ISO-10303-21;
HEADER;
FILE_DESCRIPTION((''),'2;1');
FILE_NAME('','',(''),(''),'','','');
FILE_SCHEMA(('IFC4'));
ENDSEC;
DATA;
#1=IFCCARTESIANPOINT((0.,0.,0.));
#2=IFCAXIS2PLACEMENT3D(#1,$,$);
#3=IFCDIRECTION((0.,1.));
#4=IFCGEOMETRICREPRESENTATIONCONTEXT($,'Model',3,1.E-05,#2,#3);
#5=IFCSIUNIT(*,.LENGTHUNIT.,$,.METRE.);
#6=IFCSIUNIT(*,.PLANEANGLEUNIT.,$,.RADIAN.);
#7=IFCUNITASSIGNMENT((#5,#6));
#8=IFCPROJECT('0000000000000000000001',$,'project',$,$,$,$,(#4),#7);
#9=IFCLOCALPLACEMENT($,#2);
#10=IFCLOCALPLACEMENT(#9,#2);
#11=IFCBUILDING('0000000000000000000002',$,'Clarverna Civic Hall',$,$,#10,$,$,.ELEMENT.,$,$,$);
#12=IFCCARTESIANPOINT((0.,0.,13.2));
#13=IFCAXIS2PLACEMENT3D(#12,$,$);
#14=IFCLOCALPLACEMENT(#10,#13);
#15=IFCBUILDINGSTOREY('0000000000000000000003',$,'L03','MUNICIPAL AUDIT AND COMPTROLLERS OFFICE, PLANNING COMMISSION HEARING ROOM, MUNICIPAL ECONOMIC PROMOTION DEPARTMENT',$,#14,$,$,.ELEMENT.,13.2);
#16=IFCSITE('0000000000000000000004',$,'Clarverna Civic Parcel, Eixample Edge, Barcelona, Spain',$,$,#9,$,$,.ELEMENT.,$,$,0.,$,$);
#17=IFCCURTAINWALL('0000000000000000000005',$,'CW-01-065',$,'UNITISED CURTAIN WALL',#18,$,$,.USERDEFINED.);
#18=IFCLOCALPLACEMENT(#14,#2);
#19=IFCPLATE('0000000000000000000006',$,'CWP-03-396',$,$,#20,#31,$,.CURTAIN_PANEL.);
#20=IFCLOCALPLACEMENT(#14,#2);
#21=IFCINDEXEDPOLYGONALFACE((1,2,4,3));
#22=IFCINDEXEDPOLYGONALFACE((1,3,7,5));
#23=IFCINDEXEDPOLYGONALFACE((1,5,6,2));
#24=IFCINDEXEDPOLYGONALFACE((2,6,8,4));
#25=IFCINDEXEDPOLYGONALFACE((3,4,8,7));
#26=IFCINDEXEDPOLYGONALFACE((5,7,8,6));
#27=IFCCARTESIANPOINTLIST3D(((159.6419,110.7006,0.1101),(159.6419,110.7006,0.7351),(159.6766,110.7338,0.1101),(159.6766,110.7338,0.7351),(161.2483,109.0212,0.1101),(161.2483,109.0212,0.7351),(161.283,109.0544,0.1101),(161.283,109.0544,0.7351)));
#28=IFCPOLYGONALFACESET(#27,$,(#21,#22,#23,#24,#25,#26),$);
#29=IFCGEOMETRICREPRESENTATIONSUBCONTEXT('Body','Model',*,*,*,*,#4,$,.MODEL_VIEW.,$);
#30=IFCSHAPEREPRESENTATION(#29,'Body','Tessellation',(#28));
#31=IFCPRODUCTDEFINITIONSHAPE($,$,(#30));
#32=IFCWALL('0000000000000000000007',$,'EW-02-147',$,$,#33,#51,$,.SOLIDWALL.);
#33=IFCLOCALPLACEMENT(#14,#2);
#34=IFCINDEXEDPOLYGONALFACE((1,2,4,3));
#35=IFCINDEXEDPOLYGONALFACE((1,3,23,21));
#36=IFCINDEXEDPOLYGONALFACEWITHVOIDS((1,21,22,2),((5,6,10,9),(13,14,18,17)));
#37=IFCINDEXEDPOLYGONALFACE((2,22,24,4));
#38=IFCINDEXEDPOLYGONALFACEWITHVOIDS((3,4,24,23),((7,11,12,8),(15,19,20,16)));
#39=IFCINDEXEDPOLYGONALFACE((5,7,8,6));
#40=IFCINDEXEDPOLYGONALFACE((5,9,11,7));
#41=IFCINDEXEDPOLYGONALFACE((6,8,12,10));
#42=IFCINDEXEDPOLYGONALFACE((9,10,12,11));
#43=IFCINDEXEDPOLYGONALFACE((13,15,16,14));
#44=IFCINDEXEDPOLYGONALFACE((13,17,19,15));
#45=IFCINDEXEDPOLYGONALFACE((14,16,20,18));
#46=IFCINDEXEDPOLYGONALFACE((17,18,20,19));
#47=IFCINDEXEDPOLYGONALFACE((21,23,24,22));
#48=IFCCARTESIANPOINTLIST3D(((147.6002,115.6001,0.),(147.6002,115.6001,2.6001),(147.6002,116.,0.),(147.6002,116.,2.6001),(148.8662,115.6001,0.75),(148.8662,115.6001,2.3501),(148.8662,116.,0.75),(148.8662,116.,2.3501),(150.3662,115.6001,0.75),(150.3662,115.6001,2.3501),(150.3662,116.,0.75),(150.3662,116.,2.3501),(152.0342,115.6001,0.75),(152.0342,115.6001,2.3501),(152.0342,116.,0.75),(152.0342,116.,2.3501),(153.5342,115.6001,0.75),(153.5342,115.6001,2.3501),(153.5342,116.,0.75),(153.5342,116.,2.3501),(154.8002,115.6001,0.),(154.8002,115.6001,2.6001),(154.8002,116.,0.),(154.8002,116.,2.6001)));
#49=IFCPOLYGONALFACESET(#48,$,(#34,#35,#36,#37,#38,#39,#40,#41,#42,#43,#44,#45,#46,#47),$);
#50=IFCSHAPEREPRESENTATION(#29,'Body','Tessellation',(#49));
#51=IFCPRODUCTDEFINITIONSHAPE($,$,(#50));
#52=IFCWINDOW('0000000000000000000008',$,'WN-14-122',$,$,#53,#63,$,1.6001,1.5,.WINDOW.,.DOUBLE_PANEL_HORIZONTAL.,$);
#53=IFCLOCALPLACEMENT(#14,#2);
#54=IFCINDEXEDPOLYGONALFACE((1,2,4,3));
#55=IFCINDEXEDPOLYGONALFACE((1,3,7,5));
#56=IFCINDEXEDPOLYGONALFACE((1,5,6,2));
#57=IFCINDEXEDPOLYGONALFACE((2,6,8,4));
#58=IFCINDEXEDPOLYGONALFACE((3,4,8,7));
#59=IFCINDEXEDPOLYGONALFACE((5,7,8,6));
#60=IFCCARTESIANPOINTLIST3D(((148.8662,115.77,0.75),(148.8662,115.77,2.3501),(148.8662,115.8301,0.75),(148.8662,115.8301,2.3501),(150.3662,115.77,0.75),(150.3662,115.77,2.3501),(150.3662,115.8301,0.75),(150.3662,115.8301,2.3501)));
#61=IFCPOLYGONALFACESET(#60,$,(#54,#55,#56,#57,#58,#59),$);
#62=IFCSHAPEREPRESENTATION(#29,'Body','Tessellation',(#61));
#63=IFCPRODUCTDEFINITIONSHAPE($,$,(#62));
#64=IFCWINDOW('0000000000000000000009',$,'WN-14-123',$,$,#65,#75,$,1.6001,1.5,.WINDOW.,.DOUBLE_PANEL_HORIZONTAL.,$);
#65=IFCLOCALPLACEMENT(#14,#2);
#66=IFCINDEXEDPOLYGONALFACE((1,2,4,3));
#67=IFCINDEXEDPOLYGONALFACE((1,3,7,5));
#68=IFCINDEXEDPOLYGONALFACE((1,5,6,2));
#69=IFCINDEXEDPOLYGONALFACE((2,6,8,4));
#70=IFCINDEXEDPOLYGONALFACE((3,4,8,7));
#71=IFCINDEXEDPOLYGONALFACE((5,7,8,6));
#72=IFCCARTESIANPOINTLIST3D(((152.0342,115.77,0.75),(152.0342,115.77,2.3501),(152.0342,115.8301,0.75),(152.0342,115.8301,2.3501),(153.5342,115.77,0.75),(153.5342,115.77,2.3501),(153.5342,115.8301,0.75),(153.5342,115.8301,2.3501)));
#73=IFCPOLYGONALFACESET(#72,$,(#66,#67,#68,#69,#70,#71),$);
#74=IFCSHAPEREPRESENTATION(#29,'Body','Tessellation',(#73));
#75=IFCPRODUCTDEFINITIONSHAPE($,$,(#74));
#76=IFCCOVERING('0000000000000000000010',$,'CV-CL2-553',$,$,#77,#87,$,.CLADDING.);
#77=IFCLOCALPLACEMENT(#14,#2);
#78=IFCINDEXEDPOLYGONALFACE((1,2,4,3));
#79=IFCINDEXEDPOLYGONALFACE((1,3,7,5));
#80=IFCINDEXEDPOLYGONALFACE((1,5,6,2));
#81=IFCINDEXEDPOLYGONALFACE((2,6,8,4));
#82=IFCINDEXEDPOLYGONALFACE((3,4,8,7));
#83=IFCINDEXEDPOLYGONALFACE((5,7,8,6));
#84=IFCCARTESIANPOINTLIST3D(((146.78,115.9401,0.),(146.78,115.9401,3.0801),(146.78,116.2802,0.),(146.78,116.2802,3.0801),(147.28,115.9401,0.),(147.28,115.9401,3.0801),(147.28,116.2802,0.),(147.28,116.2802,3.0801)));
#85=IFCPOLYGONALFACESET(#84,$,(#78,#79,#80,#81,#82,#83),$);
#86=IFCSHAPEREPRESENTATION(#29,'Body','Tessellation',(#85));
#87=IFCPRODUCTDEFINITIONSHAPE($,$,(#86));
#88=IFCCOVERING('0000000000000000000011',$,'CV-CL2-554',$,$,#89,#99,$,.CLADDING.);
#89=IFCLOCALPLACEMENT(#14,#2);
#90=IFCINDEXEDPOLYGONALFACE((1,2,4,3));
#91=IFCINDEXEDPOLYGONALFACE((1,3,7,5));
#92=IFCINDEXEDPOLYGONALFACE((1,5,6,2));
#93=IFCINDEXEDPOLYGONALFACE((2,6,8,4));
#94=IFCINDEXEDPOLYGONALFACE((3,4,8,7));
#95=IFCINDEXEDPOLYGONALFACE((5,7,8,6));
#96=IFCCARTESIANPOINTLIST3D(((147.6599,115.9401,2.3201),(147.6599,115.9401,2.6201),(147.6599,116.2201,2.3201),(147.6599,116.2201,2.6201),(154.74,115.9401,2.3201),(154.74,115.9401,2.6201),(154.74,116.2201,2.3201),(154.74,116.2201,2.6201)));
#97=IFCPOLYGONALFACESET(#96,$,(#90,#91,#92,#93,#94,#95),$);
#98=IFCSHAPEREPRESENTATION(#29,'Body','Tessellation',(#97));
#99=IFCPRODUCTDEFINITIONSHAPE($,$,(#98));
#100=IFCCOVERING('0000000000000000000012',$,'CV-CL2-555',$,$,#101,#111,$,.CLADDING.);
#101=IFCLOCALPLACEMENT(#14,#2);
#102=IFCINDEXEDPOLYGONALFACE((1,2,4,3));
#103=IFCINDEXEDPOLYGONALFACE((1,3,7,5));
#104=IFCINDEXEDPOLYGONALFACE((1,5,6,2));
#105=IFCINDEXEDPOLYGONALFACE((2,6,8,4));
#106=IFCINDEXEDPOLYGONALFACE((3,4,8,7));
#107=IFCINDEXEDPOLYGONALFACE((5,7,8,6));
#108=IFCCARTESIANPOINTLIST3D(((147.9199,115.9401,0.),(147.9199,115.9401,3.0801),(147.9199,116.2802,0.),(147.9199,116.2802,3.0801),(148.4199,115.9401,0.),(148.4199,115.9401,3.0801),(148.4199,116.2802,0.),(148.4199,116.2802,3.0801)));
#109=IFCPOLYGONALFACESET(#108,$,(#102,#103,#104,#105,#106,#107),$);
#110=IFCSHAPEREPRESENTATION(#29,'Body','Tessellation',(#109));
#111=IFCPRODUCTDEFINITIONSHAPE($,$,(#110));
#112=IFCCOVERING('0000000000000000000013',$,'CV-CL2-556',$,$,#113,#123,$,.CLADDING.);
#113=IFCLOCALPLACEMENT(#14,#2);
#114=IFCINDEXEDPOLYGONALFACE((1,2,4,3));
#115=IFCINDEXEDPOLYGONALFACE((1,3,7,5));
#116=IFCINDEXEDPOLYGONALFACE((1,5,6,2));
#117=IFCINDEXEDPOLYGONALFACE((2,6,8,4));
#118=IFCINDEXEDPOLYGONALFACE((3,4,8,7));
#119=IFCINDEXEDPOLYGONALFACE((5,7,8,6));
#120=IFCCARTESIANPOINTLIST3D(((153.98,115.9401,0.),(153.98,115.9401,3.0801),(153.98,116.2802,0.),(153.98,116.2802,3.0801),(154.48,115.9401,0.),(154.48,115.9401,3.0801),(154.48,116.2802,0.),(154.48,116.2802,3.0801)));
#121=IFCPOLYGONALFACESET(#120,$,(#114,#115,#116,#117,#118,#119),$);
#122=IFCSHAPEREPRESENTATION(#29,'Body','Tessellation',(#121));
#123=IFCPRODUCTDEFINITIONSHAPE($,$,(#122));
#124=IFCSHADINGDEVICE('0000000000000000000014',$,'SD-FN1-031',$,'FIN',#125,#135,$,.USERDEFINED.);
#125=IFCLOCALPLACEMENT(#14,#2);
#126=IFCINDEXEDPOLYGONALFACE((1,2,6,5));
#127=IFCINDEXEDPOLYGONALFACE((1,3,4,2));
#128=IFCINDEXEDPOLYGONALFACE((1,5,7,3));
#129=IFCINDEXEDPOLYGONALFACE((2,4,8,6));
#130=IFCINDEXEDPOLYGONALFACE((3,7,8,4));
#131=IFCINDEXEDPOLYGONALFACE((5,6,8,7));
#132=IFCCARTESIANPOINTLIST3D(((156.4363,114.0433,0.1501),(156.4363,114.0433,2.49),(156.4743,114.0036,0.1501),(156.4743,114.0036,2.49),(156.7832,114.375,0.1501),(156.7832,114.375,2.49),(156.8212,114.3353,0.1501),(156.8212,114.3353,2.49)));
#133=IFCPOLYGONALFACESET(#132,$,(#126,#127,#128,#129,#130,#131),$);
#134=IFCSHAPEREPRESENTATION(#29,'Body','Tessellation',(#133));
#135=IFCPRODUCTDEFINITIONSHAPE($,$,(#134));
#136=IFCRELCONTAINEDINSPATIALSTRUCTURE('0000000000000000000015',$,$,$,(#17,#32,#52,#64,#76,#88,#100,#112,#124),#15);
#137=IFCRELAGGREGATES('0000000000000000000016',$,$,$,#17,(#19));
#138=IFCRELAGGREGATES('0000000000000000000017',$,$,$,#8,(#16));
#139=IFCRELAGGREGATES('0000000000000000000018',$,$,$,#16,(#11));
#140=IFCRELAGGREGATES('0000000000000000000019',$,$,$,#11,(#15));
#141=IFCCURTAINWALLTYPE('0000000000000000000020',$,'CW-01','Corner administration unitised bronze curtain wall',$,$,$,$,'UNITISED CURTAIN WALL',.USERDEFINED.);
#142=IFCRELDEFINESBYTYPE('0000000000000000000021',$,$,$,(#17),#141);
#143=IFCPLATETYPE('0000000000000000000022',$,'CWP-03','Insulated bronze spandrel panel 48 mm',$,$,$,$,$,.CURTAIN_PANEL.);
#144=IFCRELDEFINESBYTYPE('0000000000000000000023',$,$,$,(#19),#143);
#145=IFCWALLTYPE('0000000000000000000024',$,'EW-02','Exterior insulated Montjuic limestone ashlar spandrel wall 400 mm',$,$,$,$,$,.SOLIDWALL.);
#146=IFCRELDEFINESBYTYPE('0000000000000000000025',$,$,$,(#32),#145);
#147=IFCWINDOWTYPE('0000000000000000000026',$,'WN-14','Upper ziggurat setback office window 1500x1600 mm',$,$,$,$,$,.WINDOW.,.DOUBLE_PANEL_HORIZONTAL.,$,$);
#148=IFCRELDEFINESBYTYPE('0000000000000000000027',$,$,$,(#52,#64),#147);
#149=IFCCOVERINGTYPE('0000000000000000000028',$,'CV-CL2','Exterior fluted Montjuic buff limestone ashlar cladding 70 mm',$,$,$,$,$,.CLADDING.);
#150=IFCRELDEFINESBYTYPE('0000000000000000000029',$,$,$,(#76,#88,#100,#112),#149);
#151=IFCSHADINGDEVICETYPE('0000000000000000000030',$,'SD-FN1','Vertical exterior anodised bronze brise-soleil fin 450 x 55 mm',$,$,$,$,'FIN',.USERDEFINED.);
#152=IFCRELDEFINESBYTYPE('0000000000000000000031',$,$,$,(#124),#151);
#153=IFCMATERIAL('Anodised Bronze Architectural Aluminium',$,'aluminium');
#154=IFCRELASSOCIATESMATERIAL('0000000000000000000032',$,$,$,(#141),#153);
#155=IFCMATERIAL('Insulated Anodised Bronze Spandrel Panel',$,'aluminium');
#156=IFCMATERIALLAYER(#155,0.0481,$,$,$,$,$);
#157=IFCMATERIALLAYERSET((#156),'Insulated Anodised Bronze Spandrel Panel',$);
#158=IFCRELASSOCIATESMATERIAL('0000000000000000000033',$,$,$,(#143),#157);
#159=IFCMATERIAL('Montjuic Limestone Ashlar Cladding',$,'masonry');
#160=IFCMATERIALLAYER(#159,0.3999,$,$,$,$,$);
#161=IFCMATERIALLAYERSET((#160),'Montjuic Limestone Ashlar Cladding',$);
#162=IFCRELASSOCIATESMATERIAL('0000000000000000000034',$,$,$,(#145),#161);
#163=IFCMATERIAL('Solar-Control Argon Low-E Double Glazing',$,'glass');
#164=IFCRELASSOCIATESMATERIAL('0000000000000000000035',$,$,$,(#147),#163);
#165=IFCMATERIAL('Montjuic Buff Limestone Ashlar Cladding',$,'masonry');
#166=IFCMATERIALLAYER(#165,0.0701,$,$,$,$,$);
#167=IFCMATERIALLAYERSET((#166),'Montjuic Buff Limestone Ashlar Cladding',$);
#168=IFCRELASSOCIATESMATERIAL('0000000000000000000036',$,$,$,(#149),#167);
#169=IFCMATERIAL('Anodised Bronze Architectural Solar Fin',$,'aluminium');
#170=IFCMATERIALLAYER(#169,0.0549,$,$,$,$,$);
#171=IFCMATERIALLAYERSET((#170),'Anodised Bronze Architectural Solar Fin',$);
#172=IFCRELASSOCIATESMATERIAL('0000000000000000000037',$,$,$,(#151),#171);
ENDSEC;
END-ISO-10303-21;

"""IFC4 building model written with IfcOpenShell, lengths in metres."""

from ifc_helpers import new_model, si_unit, direction, frame, frame_2d, origin, place, context, subcontext, project, spatial, rectangle, extrude, material, layer, layer_set, type_object, element, fill, aggregate, save


model = new_model("IFC4")

# Units and contexts
model_context = context("Model", 3, precision=1e-05, world=origin(), true_north=direction((0.0, 1.0)))
body_context = subcontext(model_context, "Body", "Model", "MODEL_VIEW")
ifc_project = project(units=[si_unit("LENGTHUNIT", "METRE"), si_unit("PLANEANGLEUNIT", "RADIAN")], contexts=[model_context])

# Site, building, storey
site_placement = place(None, origin())
site = spatial("IfcSite", under=ifc_project, at=site_placement, Name="Clarverna Civic Parcel, Eixample Edge, Barcelona, Spain", CompositionType="ELEMENT", RefElevation=0.0)
building_placement = place(site_placement, origin())
building = spatial("IfcBuilding", under=site, at=building_placement, Name="Clarverna Civic Hall", CompositionType="ELEMENT")
storey_placement = place(building_placement, frame((0.0, 0.0, 13.2)))
storey = spatial("IfcBuildingStorey", under=building, at=storey_placement, Name="L03", Description="MUNICIPAL AUDIT AND COMPTROLLERS OFFICE, PLANNING COMMISSION HEARING ROOM, MUNICIPAL ECONOMIC PROMOTION DEPARTMENT", CompositionType="ELEMENT", Elevation=13.2)

# Curtain wall
ifc_material_1 = material(Name="Anodised Bronze Architectural Aluminium", Category="aluminium")
curtain_wall_type = type_object("IfcCurtainWallType", Name="CW-01", Description="Corner administration unitised bronze curtain wall", ElementType="UNITISED CURTAIN WALL", PredefinedType="USERDEFINED", material=ifc_material_1)
curtain_wall_1_placement = place(storey_placement, origin())
curtain_wall_1 = element("IfcCurtainWall", 1, at=curtain_wall_1_placement, inside=storey, type_object=curtain_wall_type, Name="CW-01-065", ObjectType="UNITISED CURTAIN WALL", PredefinedType="USERDEFINED")

# Plate
ifc_material_2 = material(Name="Solar-Control Argon Low-E Double Glazing", Category="glass")
ifc_material_3 = material(Name="Insulated Anodised Bronze Spandrel Panel", Category="aluminium")
ifc_layer_1 = layer(ifc_material_3, 0.0481)
ifc_layer_set_1 = layer_set([ifc_layer_1], Name="Insulated Anodised Bronze Spandrel Panel")
plate_type_1 = type_object("IfcPlateType", Name="CWP-03", Description="Insulated bronze spandrel panel 48 mm", PredefinedType="CURTAIN_PANEL", material=ifc_layer_set_1)
plate_1_placement = place(storey_placement, frame((159.6592, 110.7173, 0.1101), z_axis=(0.0, 0.0, 1.0), x_axis=(0.691227, -0.722637, 0.0)))
plate_1 = element("IfcPlate", 2, at=plate_1_placement, type_object=plate_type_1, Name="CWP-03-396", PredefinedType="CURTAIN_PANEL", context=body_context, shape_type="SweptSolid", body=[
    extrude(rectangle(XDim=2.324, YDim=0.0481, at=frame_2d((1.1621, 0.0))), origin(), (0.0, 0.0, 1.0), 0.625),
])
aggregate(curtain_wall_1, [plate_1])

# Wall, openings, windows
ifc_material_4 = material(Name="Montjuic Limestone Ashlar Cladding", Category="masonry")
ifc_layer_2 = layer(ifc_material_4, 0.3999)
ifc_layer_set_2 = layer_set([ifc_layer_2], Name="Montjuic Limestone Ashlar Cladding")
wall_type = type_object("IfcWallType", Name="EW-02", Description="Exterior insulated Montjuic limestone ashlar spandrel wall 400 mm", PredefinedType="SOLIDWALL", material=ifc_layer_set_2)
wall_placement = place(storey_placement, frame((147.6001, 115.8, 0.0), z_axis=(0.0, 0.0, 1.0), x_axis=(1.0, 0.0, 0.0)))
wall = element("IfcWall", 3, at=wall_placement, inside=storey, type_object=wall_type, Name="EW-02-147", PredefinedType="SOLIDWALL", context=body_context, shape_type="SweptSolid", body=[
    extrude(rectangle(XDim=7.2, YDim=0.3999, at=frame_2d((3.6001, 0.0))), origin(), (0.0, 0.0, 1.0), 2.6001),
])
opening_1_placement = place(wall_placement, frame((1.2661, 0.0, 0.75)))
opening_1 = element("IfcOpeningElement", 4, at=opening_1_placement, cuts=wall, PredefinedType="OPENING", context=body_context, shape_type="SweptSolid", body=[
    extrude(rectangle(XDim=1.5, YDim=1.6001, at=frame_2d((0.75, 0.8))), frame((0.0, 0.21, 0.0), z_axis=(0.0, -1.0, 0.0), x_axis=(1.0, 0.0, 0.0)), (0.0, 0.0, 1.0), 0.4199),
])
opening_2_placement = place(wall_placement, frame((4.4341, 0.0, 0.75)))
opening_2 = element("IfcOpeningElement", 5, at=opening_2_placement, cuts=wall, PredefinedType="OPENING", context=body_context, shape_type="SweptSolid", body=[
    extrude(rectangle(XDim=1.5, YDim=1.6001, at=frame_2d((0.75, 0.8))), frame((0.0, 0.21, 0.0), z_axis=(0.0, -1.0, 0.0), x_axis=(1.0, 0.0, 0.0)), (0.0, 0.0, 1.0), 0.4199),
])
window_type = type_object("IfcWindowType", Name="WN-14", Description="Upper ziggurat setback office window 1500x1600 mm", PartitioningType="DOUBLE_PANEL_HORIZONTAL", PredefinedType="WINDOW", material=ifc_material_2)
window_1_placement = place(opening_1_placement, origin())
window_1 = element("IfcWindow", 6, at=window_1_placement, inside=storey, type_object=window_type, Name="WN-14-122", OverallHeight=1.6001, OverallWidth=1.5, PartitioningType="DOUBLE_PANEL_HORIZONTAL", PredefinedType="WINDOW", context=body_context, shape_type="SweptSolid", body=[
    extrude(rectangle(XDim=1.5, YDim=1.6001, at=frame_2d((0.75, 0.8))), frame((0.0, 0.03, 0.0), z_axis=(0.0, -1.0, 0.0), x_axis=(1.0, 0.0, 0.0)), (0.0, 0.0, 1.0), 0.0601),
])
fill(opening_1, window_1)
window_2_placement = place(opening_2_placement, origin())
window_2 = element("IfcWindow", 7, at=window_2_placement, inside=storey, type_object=window_type, Name="WN-14-123", OverallHeight=1.6001, OverallWidth=1.5, PartitioningType="DOUBLE_PANEL_HORIZONTAL", PredefinedType="WINDOW", context=body_context, shape_type="SweptSolid", body=[
    extrude(rectangle(XDim=1.5, YDim=1.6001, at=frame_2d((0.75, 0.8))), frame((0.0, 0.03, 0.0), z_axis=(0.0, -1.0, 0.0), x_axis=(1.0, 0.0, 0.0)), (0.0, 0.0, 1.0), 0.0601),
])
fill(opening_2, window_2)

# Coverings
ifc_material_5 = material(Name="Montjuic Buff Limestone Ashlar Cladding", Category="masonry")
ifc_layer_3 = layer(ifc_material_5, 0.0701)
ifc_layer_set_3 = layer_set([ifc_layer_3], Name="Montjuic Buff Limestone Ashlar Cladding")
covering_type = type_object("IfcCoveringType", Name="CV-CL2", Description="Exterior fluted Montjuic buff limestone ashlar cladding 70 mm", PredefinedType="CLADDING", material=ifc_layer_set_3)
covering_1_placement = place(storey_placement, frame((146.78, 116.1101, 0.0), z_axis=(0.0, 0.0, 1.0), x_axis=(1.0, 0.0, 0.0)))
element("IfcCovering", 8, at=covering_1_placement, inside=storey, type_object=covering_type, Name="CV-CL2-553", PredefinedType="CLADDING", context=body_context, shape_type="SweptSolid", body=[
    extrude(rectangle(XDim=0.5, YDim=0.3401, at=frame_2d((0.25, 0.0))), origin(), (0.0, 0.0, 1.0), 3.0801),
])
covering_2_placement = place(storey_placement, frame((147.6599, 116.0801, 2.3201), z_axis=(0.0, 0.0, 1.0), x_axis=(1.0, 0.0, 0.0)))
element("IfcCovering", 9, at=covering_2_placement, inside=storey, type_object=covering_type, Name="CV-CL2-554", PredefinedType="CLADDING", context=body_context, shape_type="SweptSolid", body=[
    extrude(rectangle(XDim=7.0801, YDim=0.28, at=frame_2d((3.54, 0.0))), origin(), (0.0, 0.0, 1.0), 0.3),
])
for number, where, z_axis, x_axis, name in (
    (10, (147.9199, 116.1101, 0.0), (0.0, 0.0, 1.0), (1.0, 0.0, 0.0), "CV-CL2-555"),
    (11, (153.98, 116.1101, 0.0), (0.0, 0.0, 1.0), (1.0, 0.0, 0.0), "CV-CL2-556"),
):
    element("IfcCovering", number, at=place(storey_placement, frame(where, z_axis=z_axis, x_axis=x_axis)), inside=storey, type_object=covering_type, Name=name, PredefinedType="CLADDING", context=body_context, shape_type="SweptSolid", body=[
        extrude(rectangle(XDim=0.5, YDim=0.3401, at=frame_2d((0.25, 0.0))), origin(), (0.0, 0.0, 1.0), 3.0801),
    ])

# Shading device
ifc_material_6 = material(Name="Anodised Bronze Architectural Solar Fin", Category="aluminium")
ifc_layer_4 = layer(ifc_material_6, 0.0549)
ifc_layer_set_4 = layer_set([ifc_layer_4], Name="Anodised Bronze Architectural Solar Fin")
shading_device_type = type_object("IfcShadingDeviceType", Name="SD-FN1", Description="Vertical exterior anodised bronze brise-soleil fin 450 x 55 mm", ElementType="FIN", PredefinedType="USERDEFINED", material=ifc_layer_set_4)
shading_device_placement = place(storey_placement, frame((156.4553, 114.0234, 0.1501), z_axis=(0.0, 0.0, 1.0), x_axis=(0.722697, 0.691165, 0.0)))
element("IfcShadingDevice", 12, at=shading_device_placement, inside=storey, type_object=shading_device_type, Name="SD-FN1-031", ObjectType="FIN", PredefinedType="USERDEFINED", context=body_context, shape_type="SweptSolid", body=[
    extrude(rectangle(XDim=0.48, YDim=0.0549, at=frame_2d((0.24, 0.0))), origin(), (0.0, 0.0, 1.0), 2.3398),
])

save(model, "model.ifc")
